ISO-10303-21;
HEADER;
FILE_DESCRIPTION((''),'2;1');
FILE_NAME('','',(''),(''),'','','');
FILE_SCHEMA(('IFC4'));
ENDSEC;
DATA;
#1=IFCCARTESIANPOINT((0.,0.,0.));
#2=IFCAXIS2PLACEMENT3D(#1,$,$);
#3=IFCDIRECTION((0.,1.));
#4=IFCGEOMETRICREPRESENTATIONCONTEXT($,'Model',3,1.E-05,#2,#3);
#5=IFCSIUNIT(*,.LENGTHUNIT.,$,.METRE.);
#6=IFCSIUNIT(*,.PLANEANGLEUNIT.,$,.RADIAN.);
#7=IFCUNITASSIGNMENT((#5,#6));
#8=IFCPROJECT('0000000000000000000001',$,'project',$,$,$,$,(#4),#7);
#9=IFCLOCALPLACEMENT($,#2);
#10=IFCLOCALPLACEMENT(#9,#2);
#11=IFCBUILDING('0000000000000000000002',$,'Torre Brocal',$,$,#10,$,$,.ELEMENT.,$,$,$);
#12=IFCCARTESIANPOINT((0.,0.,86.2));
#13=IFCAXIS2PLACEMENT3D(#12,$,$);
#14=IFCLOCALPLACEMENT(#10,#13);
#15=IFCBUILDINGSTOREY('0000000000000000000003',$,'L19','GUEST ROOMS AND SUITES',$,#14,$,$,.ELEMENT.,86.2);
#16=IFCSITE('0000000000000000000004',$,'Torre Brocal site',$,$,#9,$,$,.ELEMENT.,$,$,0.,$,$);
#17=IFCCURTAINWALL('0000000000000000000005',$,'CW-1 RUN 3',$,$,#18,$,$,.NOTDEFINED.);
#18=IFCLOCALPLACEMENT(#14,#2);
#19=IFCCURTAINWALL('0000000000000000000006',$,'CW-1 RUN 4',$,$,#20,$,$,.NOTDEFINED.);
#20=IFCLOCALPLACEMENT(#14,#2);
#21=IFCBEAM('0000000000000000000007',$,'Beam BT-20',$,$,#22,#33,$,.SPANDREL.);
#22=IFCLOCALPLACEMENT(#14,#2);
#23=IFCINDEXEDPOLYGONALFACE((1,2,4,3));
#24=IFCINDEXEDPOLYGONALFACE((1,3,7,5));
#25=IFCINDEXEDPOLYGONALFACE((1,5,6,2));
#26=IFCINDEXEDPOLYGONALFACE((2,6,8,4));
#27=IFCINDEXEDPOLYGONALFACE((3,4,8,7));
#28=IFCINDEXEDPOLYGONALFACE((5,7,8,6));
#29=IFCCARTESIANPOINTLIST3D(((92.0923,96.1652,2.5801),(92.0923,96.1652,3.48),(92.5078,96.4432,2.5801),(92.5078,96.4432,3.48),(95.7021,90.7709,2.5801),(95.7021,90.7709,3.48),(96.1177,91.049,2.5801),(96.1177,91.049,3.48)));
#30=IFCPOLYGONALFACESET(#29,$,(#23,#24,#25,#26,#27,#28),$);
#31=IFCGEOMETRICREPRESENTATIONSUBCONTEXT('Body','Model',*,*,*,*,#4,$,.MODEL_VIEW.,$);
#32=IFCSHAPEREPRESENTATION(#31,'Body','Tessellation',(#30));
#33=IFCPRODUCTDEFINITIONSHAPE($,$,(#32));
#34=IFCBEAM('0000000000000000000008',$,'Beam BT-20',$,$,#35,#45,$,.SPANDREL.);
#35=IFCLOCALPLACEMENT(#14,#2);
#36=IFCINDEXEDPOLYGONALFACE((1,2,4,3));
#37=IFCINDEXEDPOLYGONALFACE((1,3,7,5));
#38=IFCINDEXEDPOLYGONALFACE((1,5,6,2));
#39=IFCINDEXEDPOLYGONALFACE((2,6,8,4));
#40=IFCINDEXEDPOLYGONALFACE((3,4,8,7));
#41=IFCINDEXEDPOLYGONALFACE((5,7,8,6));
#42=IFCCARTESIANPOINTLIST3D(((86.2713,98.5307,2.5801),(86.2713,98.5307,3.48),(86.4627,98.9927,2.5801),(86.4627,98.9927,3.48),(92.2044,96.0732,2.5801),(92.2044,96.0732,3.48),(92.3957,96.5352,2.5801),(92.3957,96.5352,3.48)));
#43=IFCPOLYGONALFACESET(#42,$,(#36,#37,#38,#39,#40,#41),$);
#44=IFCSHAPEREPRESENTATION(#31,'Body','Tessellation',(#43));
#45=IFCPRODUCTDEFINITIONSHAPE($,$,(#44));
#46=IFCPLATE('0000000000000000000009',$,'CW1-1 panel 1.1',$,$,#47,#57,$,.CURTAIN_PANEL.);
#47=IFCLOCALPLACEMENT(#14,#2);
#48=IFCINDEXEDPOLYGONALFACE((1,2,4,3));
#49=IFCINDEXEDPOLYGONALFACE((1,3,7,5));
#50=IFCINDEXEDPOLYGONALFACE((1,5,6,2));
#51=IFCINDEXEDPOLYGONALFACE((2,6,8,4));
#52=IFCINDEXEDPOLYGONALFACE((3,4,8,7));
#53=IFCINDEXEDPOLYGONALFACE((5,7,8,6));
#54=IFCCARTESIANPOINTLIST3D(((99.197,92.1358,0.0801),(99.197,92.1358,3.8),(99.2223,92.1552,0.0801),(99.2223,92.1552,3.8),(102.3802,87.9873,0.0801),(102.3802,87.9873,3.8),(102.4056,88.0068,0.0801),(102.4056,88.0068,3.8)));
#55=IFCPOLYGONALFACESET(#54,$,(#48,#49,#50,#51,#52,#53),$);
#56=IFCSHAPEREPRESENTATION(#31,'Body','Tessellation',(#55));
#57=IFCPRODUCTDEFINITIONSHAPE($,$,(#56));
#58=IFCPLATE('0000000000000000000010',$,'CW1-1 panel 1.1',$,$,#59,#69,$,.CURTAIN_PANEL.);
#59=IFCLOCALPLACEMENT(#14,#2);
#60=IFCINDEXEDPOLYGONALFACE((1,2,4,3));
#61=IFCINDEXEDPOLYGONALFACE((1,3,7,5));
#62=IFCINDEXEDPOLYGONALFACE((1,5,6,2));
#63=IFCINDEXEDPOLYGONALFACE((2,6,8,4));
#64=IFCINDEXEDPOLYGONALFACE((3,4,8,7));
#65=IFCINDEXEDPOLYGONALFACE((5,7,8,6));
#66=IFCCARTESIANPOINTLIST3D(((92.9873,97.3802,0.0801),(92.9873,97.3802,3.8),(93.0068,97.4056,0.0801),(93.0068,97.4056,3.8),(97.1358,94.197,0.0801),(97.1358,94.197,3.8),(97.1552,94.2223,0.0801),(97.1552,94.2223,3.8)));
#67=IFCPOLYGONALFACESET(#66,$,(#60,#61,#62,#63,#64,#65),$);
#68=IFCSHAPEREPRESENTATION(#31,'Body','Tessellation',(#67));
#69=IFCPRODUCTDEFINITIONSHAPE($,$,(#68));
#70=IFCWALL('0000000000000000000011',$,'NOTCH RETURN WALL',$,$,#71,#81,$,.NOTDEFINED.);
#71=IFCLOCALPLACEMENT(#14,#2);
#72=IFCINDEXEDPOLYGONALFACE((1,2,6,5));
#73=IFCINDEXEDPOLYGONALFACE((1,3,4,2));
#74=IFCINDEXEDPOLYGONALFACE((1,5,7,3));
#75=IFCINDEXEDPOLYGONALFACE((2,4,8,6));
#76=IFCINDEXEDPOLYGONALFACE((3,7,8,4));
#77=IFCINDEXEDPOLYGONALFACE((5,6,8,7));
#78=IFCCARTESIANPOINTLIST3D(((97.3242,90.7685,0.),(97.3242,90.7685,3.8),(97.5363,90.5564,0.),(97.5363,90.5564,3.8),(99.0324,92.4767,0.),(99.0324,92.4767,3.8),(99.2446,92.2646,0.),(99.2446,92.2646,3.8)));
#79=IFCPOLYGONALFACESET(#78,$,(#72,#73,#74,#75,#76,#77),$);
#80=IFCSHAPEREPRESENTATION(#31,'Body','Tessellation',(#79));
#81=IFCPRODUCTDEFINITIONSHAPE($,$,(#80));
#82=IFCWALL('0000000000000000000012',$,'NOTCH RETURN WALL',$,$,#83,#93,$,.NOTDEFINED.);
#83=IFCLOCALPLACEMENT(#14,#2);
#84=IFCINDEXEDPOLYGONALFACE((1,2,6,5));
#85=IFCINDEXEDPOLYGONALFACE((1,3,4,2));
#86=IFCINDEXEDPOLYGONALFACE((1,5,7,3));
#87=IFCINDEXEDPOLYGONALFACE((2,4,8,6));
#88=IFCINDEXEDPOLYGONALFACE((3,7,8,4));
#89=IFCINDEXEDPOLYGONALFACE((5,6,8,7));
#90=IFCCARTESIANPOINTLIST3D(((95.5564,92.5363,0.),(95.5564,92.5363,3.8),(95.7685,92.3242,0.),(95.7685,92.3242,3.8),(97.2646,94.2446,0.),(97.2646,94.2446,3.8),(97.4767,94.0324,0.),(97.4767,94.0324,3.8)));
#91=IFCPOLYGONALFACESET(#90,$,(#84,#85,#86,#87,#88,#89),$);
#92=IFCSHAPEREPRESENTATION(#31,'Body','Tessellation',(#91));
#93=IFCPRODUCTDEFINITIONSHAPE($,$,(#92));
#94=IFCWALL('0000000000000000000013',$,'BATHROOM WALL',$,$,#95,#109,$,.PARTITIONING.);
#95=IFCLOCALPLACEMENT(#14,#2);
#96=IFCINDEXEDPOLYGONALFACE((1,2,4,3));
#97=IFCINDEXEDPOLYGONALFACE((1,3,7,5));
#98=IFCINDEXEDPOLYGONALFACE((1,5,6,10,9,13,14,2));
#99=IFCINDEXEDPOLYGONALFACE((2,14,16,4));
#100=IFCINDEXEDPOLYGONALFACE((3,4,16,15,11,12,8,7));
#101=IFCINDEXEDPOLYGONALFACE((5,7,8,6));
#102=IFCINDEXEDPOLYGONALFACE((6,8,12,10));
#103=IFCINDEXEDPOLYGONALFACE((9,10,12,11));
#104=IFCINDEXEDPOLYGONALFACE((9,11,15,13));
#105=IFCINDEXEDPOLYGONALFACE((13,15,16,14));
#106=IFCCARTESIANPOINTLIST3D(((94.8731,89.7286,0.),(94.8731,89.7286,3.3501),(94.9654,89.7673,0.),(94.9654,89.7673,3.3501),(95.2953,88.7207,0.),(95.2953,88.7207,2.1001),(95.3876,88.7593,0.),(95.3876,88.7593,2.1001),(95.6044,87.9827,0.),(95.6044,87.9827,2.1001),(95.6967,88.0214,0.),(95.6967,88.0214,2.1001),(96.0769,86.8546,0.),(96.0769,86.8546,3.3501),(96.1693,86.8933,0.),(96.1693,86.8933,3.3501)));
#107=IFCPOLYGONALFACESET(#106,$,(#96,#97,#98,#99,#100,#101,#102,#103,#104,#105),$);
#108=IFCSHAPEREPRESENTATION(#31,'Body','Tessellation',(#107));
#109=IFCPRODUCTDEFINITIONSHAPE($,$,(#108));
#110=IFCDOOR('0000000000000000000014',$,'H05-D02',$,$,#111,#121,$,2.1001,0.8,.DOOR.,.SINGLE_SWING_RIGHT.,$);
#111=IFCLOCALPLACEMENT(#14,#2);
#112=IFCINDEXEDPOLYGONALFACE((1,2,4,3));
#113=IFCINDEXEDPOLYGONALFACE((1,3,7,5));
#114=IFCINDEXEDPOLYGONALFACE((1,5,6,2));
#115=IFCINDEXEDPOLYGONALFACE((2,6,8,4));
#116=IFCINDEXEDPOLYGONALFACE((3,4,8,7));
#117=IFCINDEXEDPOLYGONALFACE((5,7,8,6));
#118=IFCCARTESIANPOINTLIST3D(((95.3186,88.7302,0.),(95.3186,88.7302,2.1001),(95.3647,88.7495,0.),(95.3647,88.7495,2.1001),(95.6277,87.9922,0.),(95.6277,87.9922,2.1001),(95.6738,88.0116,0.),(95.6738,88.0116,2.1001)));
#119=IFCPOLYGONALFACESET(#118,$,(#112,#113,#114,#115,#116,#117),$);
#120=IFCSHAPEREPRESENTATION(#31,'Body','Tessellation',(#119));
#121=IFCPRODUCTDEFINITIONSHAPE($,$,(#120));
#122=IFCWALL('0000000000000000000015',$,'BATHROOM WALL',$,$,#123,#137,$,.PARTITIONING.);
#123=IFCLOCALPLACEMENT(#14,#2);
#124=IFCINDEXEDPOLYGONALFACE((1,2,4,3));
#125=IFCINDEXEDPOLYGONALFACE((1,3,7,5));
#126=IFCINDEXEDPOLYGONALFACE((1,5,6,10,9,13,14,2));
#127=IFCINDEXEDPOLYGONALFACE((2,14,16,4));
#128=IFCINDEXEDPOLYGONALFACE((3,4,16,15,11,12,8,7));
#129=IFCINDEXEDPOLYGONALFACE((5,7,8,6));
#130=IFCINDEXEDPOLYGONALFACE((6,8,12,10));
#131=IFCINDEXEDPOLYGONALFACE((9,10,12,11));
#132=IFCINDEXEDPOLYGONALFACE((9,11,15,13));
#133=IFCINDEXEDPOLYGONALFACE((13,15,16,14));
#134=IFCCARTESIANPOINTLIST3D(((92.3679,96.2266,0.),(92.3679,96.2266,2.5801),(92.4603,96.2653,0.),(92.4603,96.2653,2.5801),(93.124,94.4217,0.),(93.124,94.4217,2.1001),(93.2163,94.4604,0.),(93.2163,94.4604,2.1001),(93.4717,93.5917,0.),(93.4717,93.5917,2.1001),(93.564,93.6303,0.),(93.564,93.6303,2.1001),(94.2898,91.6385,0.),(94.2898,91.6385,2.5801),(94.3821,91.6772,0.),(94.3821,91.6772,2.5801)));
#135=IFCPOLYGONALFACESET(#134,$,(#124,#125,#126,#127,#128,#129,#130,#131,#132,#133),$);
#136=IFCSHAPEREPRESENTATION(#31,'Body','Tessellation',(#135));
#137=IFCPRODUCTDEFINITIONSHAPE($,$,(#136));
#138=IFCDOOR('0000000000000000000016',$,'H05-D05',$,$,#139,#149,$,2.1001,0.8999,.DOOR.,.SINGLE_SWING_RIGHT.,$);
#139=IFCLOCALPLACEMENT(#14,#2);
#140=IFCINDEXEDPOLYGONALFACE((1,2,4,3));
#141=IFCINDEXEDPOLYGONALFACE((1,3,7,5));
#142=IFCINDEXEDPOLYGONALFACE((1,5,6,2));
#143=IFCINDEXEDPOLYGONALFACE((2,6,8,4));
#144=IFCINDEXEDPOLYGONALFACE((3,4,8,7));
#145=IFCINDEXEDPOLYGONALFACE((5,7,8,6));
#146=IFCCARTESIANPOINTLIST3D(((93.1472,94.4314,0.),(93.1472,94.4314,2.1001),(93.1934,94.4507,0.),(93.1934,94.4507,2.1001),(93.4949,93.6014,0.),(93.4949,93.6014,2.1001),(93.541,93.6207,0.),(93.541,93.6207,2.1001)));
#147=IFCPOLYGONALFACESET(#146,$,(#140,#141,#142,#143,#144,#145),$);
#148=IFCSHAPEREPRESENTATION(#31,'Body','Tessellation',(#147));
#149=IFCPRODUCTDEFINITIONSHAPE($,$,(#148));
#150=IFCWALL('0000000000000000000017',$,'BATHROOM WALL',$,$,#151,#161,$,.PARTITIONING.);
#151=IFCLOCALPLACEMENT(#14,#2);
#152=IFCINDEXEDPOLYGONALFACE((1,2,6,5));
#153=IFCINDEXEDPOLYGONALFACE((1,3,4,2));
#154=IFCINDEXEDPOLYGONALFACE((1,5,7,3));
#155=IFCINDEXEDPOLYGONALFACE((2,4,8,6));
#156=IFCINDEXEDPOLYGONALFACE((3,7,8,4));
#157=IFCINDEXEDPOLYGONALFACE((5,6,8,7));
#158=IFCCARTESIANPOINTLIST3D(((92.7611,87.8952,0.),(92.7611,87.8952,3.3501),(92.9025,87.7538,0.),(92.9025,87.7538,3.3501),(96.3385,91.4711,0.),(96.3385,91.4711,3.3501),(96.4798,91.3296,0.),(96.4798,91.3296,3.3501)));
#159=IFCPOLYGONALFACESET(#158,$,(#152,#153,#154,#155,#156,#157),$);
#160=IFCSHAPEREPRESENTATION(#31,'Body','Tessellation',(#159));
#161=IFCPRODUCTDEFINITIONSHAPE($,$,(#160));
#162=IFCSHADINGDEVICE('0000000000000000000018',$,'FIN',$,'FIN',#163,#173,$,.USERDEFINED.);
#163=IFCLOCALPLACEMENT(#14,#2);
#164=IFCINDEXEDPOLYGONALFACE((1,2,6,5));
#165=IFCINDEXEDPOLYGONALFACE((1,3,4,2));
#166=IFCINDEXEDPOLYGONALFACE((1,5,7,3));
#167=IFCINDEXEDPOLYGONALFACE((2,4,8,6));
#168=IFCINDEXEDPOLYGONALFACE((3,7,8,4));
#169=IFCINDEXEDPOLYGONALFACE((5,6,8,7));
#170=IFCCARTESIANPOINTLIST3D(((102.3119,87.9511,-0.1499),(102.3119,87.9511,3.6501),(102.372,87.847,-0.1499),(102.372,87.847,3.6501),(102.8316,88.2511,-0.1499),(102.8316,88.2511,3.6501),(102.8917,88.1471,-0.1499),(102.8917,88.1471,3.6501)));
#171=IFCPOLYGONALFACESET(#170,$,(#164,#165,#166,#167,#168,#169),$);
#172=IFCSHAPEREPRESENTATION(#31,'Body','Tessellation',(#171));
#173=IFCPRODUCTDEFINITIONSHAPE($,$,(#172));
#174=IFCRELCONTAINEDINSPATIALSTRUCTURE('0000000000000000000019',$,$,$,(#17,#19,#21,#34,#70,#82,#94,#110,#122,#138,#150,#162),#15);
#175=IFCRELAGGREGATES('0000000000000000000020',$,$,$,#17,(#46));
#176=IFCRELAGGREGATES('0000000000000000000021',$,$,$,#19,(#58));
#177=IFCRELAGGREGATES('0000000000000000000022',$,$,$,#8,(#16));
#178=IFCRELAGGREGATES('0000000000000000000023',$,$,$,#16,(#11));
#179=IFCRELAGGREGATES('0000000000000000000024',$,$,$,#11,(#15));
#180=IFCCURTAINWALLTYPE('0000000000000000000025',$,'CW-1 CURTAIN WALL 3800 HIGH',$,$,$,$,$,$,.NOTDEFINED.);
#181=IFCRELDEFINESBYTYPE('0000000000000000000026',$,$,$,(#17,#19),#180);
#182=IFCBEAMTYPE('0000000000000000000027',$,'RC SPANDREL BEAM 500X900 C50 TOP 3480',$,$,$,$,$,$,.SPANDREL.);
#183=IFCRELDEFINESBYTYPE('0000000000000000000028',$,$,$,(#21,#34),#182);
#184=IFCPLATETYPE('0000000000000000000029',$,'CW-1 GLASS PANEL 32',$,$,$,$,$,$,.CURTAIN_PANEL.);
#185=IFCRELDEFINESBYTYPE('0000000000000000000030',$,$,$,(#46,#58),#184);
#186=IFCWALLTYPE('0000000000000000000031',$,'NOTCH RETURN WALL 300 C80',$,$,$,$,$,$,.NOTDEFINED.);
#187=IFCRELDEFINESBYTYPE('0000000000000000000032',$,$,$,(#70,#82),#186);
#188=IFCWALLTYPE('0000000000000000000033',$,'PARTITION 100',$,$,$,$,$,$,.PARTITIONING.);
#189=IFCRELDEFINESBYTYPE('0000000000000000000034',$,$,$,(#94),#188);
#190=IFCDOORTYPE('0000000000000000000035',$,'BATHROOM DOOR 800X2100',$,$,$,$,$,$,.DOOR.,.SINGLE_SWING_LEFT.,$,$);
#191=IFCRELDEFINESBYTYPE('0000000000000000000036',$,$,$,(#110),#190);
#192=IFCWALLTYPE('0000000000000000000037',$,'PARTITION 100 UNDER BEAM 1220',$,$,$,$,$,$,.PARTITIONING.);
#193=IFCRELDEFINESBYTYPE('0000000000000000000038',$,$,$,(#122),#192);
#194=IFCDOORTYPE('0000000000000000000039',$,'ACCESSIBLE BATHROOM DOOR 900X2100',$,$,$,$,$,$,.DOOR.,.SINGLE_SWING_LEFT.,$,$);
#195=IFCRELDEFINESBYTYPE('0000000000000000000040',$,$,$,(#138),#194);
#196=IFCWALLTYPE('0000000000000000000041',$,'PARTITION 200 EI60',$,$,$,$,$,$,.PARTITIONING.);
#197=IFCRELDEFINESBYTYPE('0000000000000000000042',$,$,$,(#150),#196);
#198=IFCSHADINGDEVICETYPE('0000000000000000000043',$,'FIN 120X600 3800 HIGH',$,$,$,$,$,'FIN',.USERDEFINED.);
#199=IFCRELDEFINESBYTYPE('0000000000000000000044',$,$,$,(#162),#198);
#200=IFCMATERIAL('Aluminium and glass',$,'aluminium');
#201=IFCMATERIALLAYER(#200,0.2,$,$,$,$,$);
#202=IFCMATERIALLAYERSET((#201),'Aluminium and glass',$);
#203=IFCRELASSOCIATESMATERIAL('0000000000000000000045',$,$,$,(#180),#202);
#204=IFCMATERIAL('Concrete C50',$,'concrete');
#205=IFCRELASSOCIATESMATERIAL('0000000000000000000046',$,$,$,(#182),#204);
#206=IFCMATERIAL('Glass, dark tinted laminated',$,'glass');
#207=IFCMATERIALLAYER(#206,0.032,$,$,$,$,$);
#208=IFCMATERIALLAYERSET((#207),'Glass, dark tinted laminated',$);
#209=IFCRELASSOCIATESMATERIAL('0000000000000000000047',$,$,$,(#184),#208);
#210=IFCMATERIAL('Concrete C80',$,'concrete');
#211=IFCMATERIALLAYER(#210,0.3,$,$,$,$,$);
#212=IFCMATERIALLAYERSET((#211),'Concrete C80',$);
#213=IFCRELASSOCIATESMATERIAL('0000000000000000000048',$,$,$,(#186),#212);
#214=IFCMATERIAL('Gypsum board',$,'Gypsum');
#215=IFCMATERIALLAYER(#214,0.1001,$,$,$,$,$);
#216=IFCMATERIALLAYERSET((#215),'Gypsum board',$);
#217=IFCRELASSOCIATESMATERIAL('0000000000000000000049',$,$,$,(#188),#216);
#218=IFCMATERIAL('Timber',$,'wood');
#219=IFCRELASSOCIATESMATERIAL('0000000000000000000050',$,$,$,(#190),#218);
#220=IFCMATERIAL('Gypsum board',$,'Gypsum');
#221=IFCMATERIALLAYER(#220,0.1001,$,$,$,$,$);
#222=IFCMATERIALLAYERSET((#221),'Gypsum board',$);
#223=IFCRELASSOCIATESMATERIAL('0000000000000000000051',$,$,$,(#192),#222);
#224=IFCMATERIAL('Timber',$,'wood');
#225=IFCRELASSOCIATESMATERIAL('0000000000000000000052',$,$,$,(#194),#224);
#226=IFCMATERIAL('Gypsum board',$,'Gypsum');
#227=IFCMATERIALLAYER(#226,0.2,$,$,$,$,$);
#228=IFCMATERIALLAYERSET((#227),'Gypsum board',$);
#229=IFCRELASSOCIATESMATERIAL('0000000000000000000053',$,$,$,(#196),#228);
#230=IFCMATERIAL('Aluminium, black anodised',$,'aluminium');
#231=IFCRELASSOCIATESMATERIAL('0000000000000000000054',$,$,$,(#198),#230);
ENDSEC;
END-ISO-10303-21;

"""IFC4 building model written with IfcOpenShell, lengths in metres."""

from ifc_helpers import new_model, si_unit, direction, frame, frame_2d, origin, origin_2d, place, context, subcontext, project, spatial, rectangle, extrude, material, layer, layer_set, material_profile, profile_set, type_object, element, fill, aggregate, save


model = new_model("IFC4")

# Units and contexts
model_context = context("Model", 3, precision=1e-05, world=origin(), true_north=direction((0.0, 1.0)))
body_context = subcontext(model_context, "Body", "Model", "MODEL_VIEW")
ifc_project = project(units=[si_unit("LENGTHUNIT", "METRE"), si_unit("PLANEANGLEUNIT", "RADIAN")], contexts=[model_context])

# Site, building, storey
site_placement = place(None, origin())
site = spatial("IfcSite", under=ifc_project, at=site_placement, Name="Torre Brocal site", CompositionType="ELEMENT", RefElevation=0.0)
building_placement = place(site_placement, origin())
building = spatial("IfcBuilding", under=site, at=building_placement, Name="Torre Brocal", CompositionType="ELEMENT")
storey_placement = place(building_placement, frame((0.0, 0.0, 86.2)))
storey = spatial("IfcBuildingStorey", under=building, at=storey_placement, Name="L19", Description="GUEST ROOMS AND SUITES", CompositionType="ELEMENT", Elevation=86.2)

# Shared definitions
ifc_material_1 = material(Name="Aluminium and glass", Category="aluminium")
ifc_layer_1 = layer(ifc_material_1, 0.2)
ifc_layer_set_1 = layer_set([ifc_layer_1], Name="Aluminium and glass")
curtain_wall_type = type_object("IfcCurtainWallType", Name="CW-1 CURTAIN WALL 3800 HIGH", PredefinedType="NOTDEFINED", material=ifc_layer_set_1)

# Curtain walls
curtain_wall_1_placement = place(storey_placement, origin())
curtain_wall_1 = element("IfcCurtainWall", 1, at=curtain_wall_1_placement, inside=storey, type_object=curtain_wall_type, Name="CW-1 RUN 3", PredefinedType="NOTDEFINED")
curtain_wall_2_placement = place(storey_placement, origin())
curtain_wall_2 = element("IfcCurtainWall", 2, at=curtain_wall_2_placement, inside=storey, type_object=curtain_wall_type, Name="CW-1 RUN 4", PredefinedType="NOTDEFINED")

# Beams
ifc_material_2 = material(Name="Concrete C50", Category="concrete")
ifc_material_profile_1 = material_profile(ifc_material_2, rectangle(XDim=0.5, YDim=0.8999, at=origin_2d()), Name="RC 500X900")
ifc_profile_set_1 = profile_set([ifc_material_profile_1], Name="Concrete C50")
beam_type_1 = type_object("IfcBeamType", Name="RC SPANDREL BEAM 500X900 C50 TOP 3480", PredefinedType="SPANDREL", material=ifc_profile_set_1)
beam_1_placement = place(storey_placement, frame((95.9099, 90.9099, 3.03), z_axis=(-0.556158, 0.831077, 0.0), x_axis=(-0.831077, -0.556158, 0.0)))
element("IfcBeam", 3, at=beam_1_placement, inside=storey, type_object=beam_type_1, Name="Beam BT-20", PredefinedType="SPANDREL", context=body_context, shape_type="SweptSolid", body=[
    extrude(rectangle(XDim=0.5, YDim=0.8999, at=origin_2d()), origin(), (0.0, 0.0, 1.0), 6.4907),
])
beam_2_placement = place(storey_placement, frame((92.3, 96.3042, 3.03), z_axis=(-0.923882, 0.382676, 0.0), x_axis=(-0.382676, -0.923882, 0.0)))
element("IfcBeam", 4, at=beam_2_placement, inside=storey, type_object=beam_type_1, Name="Beam BT-20", PredefinedType="SPANDREL", context=body_context, shape_type="SweptSolid", body=[
    extrude(rectangle(XDim=0.5, YDim=0.8999, at=origin_2d()), origin(), (0.0, 0.0, 1.0), 6.4219),
])

# Plates
ifc_material_3 = material(Name="Glass, dark tinted laminated", Category="glass")
ifc_layer_2 = layer(ifc_material_3, 0.032)
ifc_layer_set_2 = layer_set([ifc_layer_2], Name="Glass, dark tinted laminated")
plate_type = type_object("IfcPlateType", Name="CW-1 GLASS PANEL 32", PredefinedType="CURTAIN_PANEL", material=ifc_layer_set_2)
plate_1_placement = place(storey_placement, frame((100.8013, 90.0713, 0.0801), z_axis=(0.0, 0.0, 1.0), x_axis=(-0.608761, 0.793353, 0.0)))
plate_1 = element("IfcPlate", 5, at=plate_1_placement, type_object=plate_type, Name="CW1-1 panel 1.1", PredefinedType="CURTAIN_PANEL", context=body_context, shape_type="SweptSolid", body=[
    extrude(rectangle(XDim=5.229, YDim=0.032, at=origin_2d()), origin(), (0.0, 0.0, 1.0), 3.72),
])
aggregate(curtain_wall_1, [plate_1])
plate_2_placement = place(storey_placement, frame((95.0713, 95.8013, 0.0801), z_axis=(0.0, 0.0, 1.0), x_axis=(-0.793353, 0.608761, 0.0)))
plate_2 = element("IfcPlate", 6, at=plate_2_placement, type_object=plate_type, Name="CW1-1 panel 1.1", PredefinedType="CURTAIN_PANEL", context=body_context, shape_type="SweptSolid", body=[
    extrude(rectangle(XDim=5.229, YDim=0.032, at=origin_2d()), origin(), (0.0, 0.0, 1.0), 3.72),
])
aggregate(curtain_wall_2, [plate_2])

# Walls
ifc_material_4 = material(Name="Concrete C80", Category="concrete")
ifc_layer_3 = layer(ifc_material_4, 0.3)
ifc_layer_set_3 = layer_set([ifc_layer_3], Name="Concrete C80")
wall_type_1 = type_object("IfcWallType", Name="NOTCH RETURN WALL 300 C80", PredefinedType="NOTDEFINED", material=ifc_layer_set_3)
for number, where, z_axis, x_axis, name in (
    (7, (97.4302, 90.6624, 0.0), (0.0, 0.0, 1.0), (0.707107, 0.707107, 0.0), "NOTCH RETURN WALL"),
    (8, (95.6624, 92.4302, 0.0), (0.0, 0.0, 1.0), (0.707107, 0.707107, 0.0), "NOTCH RETURN WALL"),
):
    element("IfcWall", number, at=place(storey_placement, frame(where, z_axis=z_axis, x_axis=x_axis)), inside=storey, type_object=wall_type_1, Name=name, PredefinedType="NOTDEFINED", context=body_context, shape_type="SweptSolid", body=[
        extrude(rectangle(XDim=2.4158, YDim=0.3, at=frame_2d((1.208, 0.0))), origin(), (0.0, 0.0, 1.0), 3.8),
    ])

# Walls, openings, doors
ifc_material_5 = material(Name="Gypsum board", Category="Gypsum")
ifc_layer_4 = layer(ifc_material_5, 0.1001)
ifc_layer_set_4 = layer_set([ifc_layer_4], Name="Gypsum board")
wall_type_2 = type_object("IfcWallType", Name="PARTITION 100", PredefinedType="PARTITIONING", material=ifc_layer_set_4)
wall_1_placement = place(storey_placement, frame((94.9192, 89.748, 0.0), z_axis=(0.0, 0.0, 1.0), x_axis=(0.38635, -0.922352, 0.0)))
wall_1 = element("IfcWall", 9, at=wall_1_placement, inside=storey, type_object=wall_type_2, Name="BATHROOM WALL", PredefinedType="PARTITIONING", context=body_context, shape_type="SweptSolid", body=[
    extrude(rectangle(XDim=3.116, YDim=0.1001, at=frame_2d((1.5581, 0.0))), origin(), (0.0, 0.0, 1.0), 3.3501),
])
opening_1_placement = place(wall_1_placement, frame((1.093, 0.0, 0.0)))
opening_1 = element("IfcOpeningElement", 10, at=opening_1_placement, cuts=wall_1, PredefinedType="OPENING", context=body_context, shape_type="SweptSolid", body=[
    extrude(rectangle(XDim=0.8, YDim=2.1001, at=frame_2d((0.3999, 1.05))), frame((0.0, 0.0601, 0.0), z_axis=(0.0, -1.0, 0.0), x_axis=(1.0, 0.0, 0.0)), (0.0, 0.0, 1.0), 0.1201),
])
ifc_material_6 = material(Name="Timber", Category="wood")
door_type_1 = type_object("IfcDoorType", Name="BATHROOM DOOR 800X2100", OperationType="SINGLE_SWING_LEFT", PredefinedType="DOOR", material=ifc_material_6)
door_1_placement = place(opening_1_placement, frame((0.8, 0.0, 0.0), z_axis=(0.0, 0.0, 1.0), x_axis=(-1.0, 0.0, 0.0)))
door_1 = element("IfcDoor", 11, at=door_1_placement, inside=storey, type_object=door_type_1, Name="H05-D02", OperationType="SINGLE_SWING_RIGHT", OverallHeight=2.1001, OverallWidth=0.8, PredefinedType="DOOR", context=body_context, shape_type="SweptSolid", body=[
    extrude(rectangle(XDim=0.8, YDim=2.1001, at=frame_2d((0.3999, 1.05))), frame((0.0, 0.0249, 0.0), z_axis=(0.0, -1.0, 0.0), x_axis=(1.0, 0.0, 0.0)), (0.0, 0.0, 1.0), 0.05),
])
fill(opening_1, door_1)
ifc_material_7 = material(Name="Gypsum board", Category="Gypsum")
ifc_layer_5 = layer(ifc_material_7, 0.1001)
ifc_layer_set_5 = layer_set([ifc_layer_5], Name="Gypsum board")
wall_type_3 = type_object("IfcWallType", Name="PARTITION 100 UNDER BEAM 1220", PredefinedType="PARTITIONING", material=ifc_layer_set_5)
wall_2_placement = place(storey_placement, frame((92.4141, 96.2461, 0.0), z_axis=(0.0, 0.0, 1.0), x_axis=(0.386354, -0.922351, 0.0)))
wall_2 = element("IfcWall", 12, at=wall_2_placement, inside=storey, type_object=wall_type_3, Name="BATHROOM WALL", PredefinedType="PARTITIONING", context=body_context, shape_type="SweptSolid", body=[
    extrude(rectangle(XDim=4.9744, YDim=0.1001, at=frame_2d((2.4873, 0.0))), origin(), (0.0, 0.0, 1.0), 2.5801),
])
opening_2_placement = place(wall_2_placement, frame((1.957, 0.0, 0.0)))
opening_2 = element("IfcOpeningElement", 13, at=opening_2_placement, cuts=wall_2, PredefinedType="OPENING", context=body_context, shape_type="SweptSolid", body=[
    extrude(rectangle(XDim=0.8999, YDim=2.1001, at=frame_2d((0.45, 1.05))), frame((0.0, 0.0601, 0.0), z_axis=(0.0, -1.0, 0.0), x_axis=(1.0, 0.0, 0.0)), (0.0, 0.0, 1.0), 0.1201),
])
ifc_material_8 = material(Name="Timber", Category="wood")
door_type_2 = type_object("IfcDoorType", Name="ACCESSIBLE BATHROOM DOOR 900X2100", OperationType="SINGLE_SWING_LEFT", PredefinedType="DOOR", material=ifc_material_8)
door_2_placement = place(opening_2_placement, frame((0.8999, 0.0, 0.0), z_axis=(0.0, 0.0, 1.0), x_axis=(-1.0, 0.0, 0.0)))
door_2 = element("IfcDoor", 14, at=door_2_placement, inside=storey, type_object=door_type_2, Name="H05-D05", OperationType="SINGLE_SWING_RIGHT", OverallHeight=2.1001, OverallWidth=0.8999, PredefinedType="DOOR", context=body_context, shape_type="SweptSolid", body=[
    extrude(rectangle(XDim=0.8999, YDim=2.1001, at=frame_2d((0.45, 1.05))), frame((0.0, 0.0249, 0.0), z_axis=(0.0, -1.0, 0.0), x_axis=(1.0, 0.0, 0.0)), (0.0, 0.0, 1.0), 0.05),
])
fill(opening_2, door_2)

# Wall
ifc_material_9 = material(Name="Gypsum board", Category="Gypsum")
ifc_layer_6 = layer(ifc_material_9, 0.2)
ifc_layer_set_6 = layer_set([ifc_layer_6], Name="Gypsum board")
wall_type_4 = type_object("IfcWallType", Name="PARTITION 200 EI60", PredefinedType="PARTITIONING", material=ifc_layer_set_6)
wall_3_placement = place(storey_placement, frame((92.8318, 87.8245, 0.0), z_axis=(0.0, 0.0, 1.0), x_axis=(0.707252, 0.706962, 0.0)))
element("IfcWall", 15, at=wall_3_placement, inside=storey, type_object=wall_type_4, Name="BATHROOM WALL", PredefinedType="PARTITIONING", context=body_context, shape_type="SweptSolid", body=[
    extrude(rectangle(XDim=5.0581, YDim=0.2, at=frame_2d((2.5291, 0.0))), origin(), (0.0, 0.0, 1.0), 3.3501),
])

# Shading device
ifc_material_10 = material(Name="Aluminium, black anodised", Category="aluminium")
ifc_material_profile_2 = material_profile(ifc_material_10, rectangle(XDim=0.1201, YDim=0.6001, at=origin_2d()), Name="FIN 120X600 3800 HIGH")
ifc_profile_set_2 = profile_set([ifc_material_profile_2], Name="Aluminium, black anodised")
shading_device_type = type_object("IfcShadingDeviceType", Name="FIN 120X600 3800 HIGH", ElementType="FIN", PredefinedType="USERDEFINED", material=ifc_profile_set_2)
for number, where, z_axis, x_axis, name in (
    (16, (102.6018, 88.0491, -0.1499), (0.0, 0.0, 1.0), (-0.5, 0.866025, 0.0), "FIN"),
):
    element("IfcShadingDevice", number, at=place(storey_placement, frame(where, z_axis=z_axis, x_axis=x_axis)), inside=storey, type_object=shading_device_type, Name=name, ObjectType="FIN", PredefinedType="USERDEFINED", context=body_context, shape_type="SweptSolid", body=[
        extrude(rectangle(XDim=0.1201, YDim=0.6001, at=origin_2d()), origin(), (0.0, 0.0, 1.0), 3.8),
    ])

save(model, "model.ifc")
